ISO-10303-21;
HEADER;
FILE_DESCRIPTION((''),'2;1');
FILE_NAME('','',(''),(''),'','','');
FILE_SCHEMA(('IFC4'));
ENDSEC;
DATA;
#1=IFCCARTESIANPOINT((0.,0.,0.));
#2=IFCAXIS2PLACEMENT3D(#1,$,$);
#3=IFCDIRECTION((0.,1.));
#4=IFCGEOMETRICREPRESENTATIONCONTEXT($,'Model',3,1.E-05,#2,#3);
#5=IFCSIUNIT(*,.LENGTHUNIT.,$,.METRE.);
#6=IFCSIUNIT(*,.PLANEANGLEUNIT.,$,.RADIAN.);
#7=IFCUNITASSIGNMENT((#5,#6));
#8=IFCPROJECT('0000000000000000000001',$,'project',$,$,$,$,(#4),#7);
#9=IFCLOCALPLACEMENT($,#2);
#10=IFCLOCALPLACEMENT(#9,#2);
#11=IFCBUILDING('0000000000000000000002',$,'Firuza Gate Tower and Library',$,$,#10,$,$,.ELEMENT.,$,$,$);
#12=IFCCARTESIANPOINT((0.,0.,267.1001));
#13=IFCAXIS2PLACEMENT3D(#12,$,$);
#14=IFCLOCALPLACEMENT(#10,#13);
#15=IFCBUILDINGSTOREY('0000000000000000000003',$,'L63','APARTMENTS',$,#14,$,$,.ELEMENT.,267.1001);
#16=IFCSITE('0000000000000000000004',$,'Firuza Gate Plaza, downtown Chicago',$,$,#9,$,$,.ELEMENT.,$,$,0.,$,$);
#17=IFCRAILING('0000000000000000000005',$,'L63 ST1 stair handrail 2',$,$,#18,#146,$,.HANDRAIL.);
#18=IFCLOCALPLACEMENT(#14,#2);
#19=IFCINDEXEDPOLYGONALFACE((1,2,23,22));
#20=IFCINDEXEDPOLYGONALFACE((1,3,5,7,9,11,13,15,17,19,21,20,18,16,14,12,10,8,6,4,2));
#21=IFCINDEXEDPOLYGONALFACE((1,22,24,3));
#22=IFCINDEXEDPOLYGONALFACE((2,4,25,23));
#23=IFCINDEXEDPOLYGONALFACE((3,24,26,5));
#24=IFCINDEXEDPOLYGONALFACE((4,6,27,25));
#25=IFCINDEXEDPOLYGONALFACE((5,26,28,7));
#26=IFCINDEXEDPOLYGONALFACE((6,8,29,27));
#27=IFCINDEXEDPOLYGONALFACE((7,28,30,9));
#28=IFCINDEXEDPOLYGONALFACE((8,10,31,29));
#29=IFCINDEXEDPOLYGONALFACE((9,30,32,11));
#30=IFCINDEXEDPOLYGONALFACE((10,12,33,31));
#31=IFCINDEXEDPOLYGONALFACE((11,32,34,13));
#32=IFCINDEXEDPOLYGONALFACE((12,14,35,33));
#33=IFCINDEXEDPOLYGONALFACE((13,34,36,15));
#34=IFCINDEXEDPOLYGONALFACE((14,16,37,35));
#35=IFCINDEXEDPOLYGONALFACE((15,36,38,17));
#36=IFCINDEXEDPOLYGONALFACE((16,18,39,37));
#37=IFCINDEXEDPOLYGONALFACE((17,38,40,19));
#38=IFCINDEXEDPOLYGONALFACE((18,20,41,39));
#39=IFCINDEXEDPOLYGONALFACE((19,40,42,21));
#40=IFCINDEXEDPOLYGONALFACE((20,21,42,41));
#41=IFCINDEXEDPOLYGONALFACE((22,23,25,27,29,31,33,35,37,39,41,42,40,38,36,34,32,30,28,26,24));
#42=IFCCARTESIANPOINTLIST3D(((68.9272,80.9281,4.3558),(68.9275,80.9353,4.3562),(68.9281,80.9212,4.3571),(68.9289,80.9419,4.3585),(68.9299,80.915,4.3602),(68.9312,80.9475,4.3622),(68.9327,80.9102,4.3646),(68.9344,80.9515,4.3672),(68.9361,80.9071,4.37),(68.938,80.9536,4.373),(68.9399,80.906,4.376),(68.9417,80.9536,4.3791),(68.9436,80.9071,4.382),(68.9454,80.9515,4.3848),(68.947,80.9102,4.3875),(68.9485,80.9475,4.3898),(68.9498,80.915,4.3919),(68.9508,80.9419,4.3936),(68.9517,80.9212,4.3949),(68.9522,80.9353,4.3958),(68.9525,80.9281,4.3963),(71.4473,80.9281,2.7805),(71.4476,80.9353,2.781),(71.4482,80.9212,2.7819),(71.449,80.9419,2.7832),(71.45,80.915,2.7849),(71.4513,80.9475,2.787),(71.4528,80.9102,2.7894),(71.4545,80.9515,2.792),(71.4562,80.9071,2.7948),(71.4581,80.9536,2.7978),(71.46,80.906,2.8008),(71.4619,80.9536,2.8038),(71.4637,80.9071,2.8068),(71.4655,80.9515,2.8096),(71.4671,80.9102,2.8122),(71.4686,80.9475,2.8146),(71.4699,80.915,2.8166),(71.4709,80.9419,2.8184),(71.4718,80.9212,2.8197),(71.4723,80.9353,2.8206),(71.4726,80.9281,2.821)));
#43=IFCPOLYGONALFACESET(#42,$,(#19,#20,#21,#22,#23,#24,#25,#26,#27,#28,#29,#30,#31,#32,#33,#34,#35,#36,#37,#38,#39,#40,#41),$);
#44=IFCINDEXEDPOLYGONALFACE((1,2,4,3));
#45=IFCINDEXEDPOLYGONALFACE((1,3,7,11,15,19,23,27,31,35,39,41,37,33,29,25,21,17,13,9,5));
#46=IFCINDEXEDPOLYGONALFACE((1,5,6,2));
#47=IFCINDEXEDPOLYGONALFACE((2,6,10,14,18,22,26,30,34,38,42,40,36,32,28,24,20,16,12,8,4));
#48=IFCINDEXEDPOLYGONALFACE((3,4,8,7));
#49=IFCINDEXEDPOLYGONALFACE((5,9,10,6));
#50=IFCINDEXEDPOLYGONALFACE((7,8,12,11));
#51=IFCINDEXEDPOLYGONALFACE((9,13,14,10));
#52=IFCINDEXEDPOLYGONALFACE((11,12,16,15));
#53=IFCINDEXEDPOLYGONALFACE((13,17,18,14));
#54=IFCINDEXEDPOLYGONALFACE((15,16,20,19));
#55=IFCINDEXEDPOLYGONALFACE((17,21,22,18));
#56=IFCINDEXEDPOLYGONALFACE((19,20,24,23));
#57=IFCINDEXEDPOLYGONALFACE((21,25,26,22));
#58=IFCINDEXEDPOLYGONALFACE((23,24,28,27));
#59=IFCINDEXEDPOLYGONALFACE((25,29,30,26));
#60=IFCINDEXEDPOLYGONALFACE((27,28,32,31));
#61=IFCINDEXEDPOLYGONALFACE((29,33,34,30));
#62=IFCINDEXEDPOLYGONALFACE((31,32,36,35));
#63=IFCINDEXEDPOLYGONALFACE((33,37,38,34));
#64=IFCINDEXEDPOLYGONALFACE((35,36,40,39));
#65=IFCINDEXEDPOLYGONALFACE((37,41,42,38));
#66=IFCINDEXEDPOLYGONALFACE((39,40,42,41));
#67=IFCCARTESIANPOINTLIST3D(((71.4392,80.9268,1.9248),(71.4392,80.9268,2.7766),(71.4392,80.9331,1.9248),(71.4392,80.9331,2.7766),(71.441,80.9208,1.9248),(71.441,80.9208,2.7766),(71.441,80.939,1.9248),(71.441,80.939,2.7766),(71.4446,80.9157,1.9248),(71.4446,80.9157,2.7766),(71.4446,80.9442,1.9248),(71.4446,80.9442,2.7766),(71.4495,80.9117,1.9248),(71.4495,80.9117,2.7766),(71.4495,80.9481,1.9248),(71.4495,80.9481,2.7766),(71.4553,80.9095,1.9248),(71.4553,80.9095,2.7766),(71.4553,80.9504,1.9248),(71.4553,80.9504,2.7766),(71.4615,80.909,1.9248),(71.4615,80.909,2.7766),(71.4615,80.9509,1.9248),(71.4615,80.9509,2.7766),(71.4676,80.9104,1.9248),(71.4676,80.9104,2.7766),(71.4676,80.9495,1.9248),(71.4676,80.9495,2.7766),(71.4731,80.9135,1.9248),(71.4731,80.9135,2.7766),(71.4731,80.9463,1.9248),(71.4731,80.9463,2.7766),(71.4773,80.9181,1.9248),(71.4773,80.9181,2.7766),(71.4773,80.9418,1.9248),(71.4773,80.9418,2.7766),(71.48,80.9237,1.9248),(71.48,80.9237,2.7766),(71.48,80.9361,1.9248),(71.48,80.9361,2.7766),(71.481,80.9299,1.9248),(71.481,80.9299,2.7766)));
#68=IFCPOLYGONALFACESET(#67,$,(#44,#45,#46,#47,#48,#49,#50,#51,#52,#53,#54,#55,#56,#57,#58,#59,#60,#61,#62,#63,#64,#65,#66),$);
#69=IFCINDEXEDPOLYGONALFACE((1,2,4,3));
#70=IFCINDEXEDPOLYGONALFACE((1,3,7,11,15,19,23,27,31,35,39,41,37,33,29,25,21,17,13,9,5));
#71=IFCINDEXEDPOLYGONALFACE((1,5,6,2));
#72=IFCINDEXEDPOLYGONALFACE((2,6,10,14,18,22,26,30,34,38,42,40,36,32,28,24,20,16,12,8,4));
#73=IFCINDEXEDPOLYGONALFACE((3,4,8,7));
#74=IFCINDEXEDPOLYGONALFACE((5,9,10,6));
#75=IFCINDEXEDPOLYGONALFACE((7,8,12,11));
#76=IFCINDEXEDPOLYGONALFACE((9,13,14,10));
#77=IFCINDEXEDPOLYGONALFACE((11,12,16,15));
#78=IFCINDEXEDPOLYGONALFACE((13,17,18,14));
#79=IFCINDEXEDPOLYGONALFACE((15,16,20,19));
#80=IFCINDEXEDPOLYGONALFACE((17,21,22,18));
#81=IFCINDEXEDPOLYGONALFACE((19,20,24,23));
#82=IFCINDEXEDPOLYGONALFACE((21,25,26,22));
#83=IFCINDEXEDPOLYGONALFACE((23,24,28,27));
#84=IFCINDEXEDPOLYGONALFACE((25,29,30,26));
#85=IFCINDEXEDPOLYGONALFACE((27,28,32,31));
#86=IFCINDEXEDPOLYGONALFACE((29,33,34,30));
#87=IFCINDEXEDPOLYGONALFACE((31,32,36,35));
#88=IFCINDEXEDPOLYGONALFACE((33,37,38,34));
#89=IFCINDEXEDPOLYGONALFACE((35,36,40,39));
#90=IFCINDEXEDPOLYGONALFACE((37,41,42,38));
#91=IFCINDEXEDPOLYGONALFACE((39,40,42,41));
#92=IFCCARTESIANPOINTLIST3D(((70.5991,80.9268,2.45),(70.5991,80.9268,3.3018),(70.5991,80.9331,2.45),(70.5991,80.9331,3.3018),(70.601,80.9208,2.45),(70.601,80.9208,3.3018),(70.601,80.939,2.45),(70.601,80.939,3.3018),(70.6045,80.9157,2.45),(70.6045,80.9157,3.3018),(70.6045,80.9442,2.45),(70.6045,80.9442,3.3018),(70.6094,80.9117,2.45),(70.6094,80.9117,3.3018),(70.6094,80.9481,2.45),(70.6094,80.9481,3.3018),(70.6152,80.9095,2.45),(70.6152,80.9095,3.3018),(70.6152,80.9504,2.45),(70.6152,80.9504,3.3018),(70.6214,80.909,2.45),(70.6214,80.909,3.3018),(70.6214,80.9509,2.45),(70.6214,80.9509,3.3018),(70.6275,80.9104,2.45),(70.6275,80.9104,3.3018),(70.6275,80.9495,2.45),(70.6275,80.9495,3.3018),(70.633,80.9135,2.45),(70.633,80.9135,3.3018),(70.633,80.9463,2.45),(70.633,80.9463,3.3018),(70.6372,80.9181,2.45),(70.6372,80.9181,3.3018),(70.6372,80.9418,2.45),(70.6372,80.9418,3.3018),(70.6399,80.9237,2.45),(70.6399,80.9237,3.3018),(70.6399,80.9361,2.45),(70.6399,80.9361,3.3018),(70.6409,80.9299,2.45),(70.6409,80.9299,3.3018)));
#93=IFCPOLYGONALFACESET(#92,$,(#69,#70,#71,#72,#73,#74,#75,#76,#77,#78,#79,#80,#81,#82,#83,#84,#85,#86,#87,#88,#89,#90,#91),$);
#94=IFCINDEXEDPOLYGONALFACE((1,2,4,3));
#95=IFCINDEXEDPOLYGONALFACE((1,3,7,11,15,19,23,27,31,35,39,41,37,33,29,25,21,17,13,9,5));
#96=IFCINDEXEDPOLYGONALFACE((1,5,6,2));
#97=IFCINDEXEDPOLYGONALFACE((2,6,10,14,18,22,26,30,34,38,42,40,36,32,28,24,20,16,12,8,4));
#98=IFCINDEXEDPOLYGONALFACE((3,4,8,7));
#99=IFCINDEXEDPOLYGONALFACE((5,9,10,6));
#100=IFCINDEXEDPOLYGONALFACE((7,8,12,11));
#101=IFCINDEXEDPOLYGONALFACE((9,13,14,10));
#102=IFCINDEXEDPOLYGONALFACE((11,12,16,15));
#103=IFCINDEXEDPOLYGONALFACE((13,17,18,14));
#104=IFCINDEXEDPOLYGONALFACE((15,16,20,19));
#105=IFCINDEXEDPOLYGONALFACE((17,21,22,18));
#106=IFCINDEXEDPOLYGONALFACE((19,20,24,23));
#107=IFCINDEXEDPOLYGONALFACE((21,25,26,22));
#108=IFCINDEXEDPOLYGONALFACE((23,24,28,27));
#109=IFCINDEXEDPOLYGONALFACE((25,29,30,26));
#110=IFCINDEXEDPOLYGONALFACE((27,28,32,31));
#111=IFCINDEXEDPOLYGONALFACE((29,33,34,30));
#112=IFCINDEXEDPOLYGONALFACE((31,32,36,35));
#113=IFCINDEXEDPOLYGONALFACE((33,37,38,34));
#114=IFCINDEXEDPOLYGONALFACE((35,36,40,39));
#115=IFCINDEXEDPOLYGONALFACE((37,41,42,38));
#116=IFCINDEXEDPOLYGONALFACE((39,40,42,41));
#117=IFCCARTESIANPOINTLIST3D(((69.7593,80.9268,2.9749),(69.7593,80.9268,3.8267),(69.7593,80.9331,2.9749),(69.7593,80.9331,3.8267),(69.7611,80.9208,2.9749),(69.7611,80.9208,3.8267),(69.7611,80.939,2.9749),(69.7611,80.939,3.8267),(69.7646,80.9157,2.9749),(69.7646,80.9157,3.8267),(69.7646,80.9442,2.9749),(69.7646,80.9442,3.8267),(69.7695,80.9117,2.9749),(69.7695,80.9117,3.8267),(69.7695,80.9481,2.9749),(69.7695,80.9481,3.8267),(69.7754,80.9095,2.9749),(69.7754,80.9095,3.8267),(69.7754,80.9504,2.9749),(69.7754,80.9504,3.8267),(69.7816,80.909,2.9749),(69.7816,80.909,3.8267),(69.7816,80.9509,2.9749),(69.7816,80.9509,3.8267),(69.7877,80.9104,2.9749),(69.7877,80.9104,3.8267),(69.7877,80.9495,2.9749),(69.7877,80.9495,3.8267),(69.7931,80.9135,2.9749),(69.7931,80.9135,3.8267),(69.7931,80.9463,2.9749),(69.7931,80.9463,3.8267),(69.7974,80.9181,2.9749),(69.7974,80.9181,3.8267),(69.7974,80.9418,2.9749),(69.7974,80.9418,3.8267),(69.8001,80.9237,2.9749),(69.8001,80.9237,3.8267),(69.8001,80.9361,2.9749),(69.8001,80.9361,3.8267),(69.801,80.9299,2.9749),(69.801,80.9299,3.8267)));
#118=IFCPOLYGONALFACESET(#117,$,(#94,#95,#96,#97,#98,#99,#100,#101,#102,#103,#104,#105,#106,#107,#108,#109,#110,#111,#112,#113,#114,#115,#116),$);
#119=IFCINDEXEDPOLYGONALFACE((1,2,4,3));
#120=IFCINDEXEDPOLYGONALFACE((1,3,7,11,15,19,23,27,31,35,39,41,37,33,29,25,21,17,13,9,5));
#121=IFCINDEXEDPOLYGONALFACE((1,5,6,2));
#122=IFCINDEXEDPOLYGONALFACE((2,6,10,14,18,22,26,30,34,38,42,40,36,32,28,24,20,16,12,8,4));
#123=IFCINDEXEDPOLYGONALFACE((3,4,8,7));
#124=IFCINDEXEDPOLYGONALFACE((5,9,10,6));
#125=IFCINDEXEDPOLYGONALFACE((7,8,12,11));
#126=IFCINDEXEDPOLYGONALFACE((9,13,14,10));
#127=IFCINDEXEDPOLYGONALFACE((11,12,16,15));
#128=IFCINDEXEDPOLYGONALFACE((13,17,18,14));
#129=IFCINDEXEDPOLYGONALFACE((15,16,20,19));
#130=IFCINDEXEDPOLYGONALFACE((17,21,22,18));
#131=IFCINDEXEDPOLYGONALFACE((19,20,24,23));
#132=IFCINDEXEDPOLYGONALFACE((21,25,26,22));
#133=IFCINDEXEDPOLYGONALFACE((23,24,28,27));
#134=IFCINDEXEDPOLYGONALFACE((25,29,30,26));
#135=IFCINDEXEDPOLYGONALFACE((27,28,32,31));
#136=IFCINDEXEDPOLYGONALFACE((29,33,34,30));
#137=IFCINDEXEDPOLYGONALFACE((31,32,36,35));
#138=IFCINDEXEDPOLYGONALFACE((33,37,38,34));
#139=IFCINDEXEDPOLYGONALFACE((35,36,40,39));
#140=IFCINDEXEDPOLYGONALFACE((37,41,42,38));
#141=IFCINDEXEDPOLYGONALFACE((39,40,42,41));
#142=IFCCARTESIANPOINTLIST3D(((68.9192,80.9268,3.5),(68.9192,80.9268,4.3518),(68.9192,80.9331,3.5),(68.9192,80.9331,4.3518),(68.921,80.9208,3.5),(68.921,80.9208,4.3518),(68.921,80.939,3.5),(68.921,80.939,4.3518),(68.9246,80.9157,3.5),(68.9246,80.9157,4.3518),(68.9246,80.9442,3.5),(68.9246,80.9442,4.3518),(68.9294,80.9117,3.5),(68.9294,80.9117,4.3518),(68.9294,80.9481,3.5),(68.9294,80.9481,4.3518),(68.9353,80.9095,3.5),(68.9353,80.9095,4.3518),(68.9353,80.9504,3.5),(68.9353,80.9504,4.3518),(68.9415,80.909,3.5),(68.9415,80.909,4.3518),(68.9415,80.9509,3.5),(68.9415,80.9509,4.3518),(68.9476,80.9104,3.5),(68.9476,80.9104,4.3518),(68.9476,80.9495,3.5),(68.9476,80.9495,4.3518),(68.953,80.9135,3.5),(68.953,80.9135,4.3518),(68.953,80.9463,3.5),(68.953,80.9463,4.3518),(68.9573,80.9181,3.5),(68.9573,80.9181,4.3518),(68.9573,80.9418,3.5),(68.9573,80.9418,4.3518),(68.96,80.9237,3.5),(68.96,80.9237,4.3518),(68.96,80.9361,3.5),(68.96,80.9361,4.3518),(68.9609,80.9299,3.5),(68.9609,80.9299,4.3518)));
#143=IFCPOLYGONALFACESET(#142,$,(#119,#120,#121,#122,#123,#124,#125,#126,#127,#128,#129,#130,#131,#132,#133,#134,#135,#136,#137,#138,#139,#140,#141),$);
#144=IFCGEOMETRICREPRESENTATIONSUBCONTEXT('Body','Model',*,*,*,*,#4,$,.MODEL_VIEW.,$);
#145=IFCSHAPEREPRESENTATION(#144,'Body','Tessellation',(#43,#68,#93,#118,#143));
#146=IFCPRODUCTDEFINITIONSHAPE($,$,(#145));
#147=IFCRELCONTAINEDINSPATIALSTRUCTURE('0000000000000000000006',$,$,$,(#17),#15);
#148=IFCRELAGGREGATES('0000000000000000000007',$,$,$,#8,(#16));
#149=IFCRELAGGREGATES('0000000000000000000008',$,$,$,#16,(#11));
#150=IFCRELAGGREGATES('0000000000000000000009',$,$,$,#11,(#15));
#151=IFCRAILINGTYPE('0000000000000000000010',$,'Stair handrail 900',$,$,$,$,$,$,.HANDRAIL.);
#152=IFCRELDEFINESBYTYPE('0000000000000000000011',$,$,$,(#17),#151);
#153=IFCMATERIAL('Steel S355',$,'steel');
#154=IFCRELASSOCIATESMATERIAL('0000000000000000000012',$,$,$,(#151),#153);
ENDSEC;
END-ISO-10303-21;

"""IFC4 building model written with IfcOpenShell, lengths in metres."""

from ifc_helpers import new_model, si_unit, direction, frame, origin, origin_2d, place, context, subcontext, project, spatial, circle, extrude, material, type_object, element, save


model = new_model("IFC4")

# Units and contexts
model_context = context("Model", 3, precision=1e-05, world=origin(), true_north=direction((0.0, 1.0)))
body_context = subcontext(model_context, "Body", "Model", "MODEL_VIEW")
ifc_project = project(units=[si_unit("LENGTHUNIT", "METRE"), si_unit("PLANEANGLEUNIT", "RADIAN")], contexts=[model_context])

# Site, building, storey
site_placement = place(None, origin())
site = spatial("IfcSite", under=ifc_project, at=site_placement, Name="Firuza Gate Plaza, downtown Chicago", CompositionType="ELEMENT", RefElevation=0.0)
building_placement = place(site_placement, origin())
building = spatial("IfcBuilding", under=site, at=building_placement, Name="Firuza Gate Tower and Library", CompositionType="ELEMENT")
storey_placement = place(building_placement, frame((0.0, 0.0, 267.1001)))
storey = spatial("IfcBuildingStorey", under=building, at=storey_placement, Name="L63", Description="APARTMENTS", CompositionType="ELEMENT", Elevation=267.1001)

# Railing
ifc_material_1 = material(Name="Steel S355", Category="steel")
railing_type_1 = type_object("IfcRailingType", Name="Stair handrail 900", PredefinedType="HANDRAIL", material=ifc_material_1)
railing_1_placement = place(storey_placement, frame((71.46, 80.9299, 1.9248)))
element("IfcRailing", 1, at=railing_1_placement, inside=storey, type_object=railing_type_1, Name="L63 ST1 stair handrail 2", PredefinedType="HANDRAIL", context=body_context, shape_type="SweptSolid", body=[
    extrude(circle(Radius=0.0239, at=origin_2d()), frame((0.0, 0.0, 0.876), z_axis=(-0.847971, 0.0, 0.530043), x_axis=(0.0, -1.0, 0.0)), (0.0, 0.0, 1.0), 2.9719),
    extrude(circle(Radius=0.021, at=origin_2d()), origin(), (0.0, 0.0, 1.0), 0.8518),
    extrude(circle(Radius=0.021, at=origin_2d()), frame((-0.8401, 0.0, 0.5251)), (0.0, 0.0, 1.0), 0.8518),
    extrude(circle(Radius=0.021, at=origin_2d()), frame((-1.6799, 0.0, 1.05)), (0.0, 0.0, 1.0), 0.8518),
    extrude(circle(Radius=0.021, at=origin_2d()), frame((-2.52, 0.0, 1.5752)), (0.0, 0.0, 1.0), 0.8518),
])

save(model, "model.ifc")
